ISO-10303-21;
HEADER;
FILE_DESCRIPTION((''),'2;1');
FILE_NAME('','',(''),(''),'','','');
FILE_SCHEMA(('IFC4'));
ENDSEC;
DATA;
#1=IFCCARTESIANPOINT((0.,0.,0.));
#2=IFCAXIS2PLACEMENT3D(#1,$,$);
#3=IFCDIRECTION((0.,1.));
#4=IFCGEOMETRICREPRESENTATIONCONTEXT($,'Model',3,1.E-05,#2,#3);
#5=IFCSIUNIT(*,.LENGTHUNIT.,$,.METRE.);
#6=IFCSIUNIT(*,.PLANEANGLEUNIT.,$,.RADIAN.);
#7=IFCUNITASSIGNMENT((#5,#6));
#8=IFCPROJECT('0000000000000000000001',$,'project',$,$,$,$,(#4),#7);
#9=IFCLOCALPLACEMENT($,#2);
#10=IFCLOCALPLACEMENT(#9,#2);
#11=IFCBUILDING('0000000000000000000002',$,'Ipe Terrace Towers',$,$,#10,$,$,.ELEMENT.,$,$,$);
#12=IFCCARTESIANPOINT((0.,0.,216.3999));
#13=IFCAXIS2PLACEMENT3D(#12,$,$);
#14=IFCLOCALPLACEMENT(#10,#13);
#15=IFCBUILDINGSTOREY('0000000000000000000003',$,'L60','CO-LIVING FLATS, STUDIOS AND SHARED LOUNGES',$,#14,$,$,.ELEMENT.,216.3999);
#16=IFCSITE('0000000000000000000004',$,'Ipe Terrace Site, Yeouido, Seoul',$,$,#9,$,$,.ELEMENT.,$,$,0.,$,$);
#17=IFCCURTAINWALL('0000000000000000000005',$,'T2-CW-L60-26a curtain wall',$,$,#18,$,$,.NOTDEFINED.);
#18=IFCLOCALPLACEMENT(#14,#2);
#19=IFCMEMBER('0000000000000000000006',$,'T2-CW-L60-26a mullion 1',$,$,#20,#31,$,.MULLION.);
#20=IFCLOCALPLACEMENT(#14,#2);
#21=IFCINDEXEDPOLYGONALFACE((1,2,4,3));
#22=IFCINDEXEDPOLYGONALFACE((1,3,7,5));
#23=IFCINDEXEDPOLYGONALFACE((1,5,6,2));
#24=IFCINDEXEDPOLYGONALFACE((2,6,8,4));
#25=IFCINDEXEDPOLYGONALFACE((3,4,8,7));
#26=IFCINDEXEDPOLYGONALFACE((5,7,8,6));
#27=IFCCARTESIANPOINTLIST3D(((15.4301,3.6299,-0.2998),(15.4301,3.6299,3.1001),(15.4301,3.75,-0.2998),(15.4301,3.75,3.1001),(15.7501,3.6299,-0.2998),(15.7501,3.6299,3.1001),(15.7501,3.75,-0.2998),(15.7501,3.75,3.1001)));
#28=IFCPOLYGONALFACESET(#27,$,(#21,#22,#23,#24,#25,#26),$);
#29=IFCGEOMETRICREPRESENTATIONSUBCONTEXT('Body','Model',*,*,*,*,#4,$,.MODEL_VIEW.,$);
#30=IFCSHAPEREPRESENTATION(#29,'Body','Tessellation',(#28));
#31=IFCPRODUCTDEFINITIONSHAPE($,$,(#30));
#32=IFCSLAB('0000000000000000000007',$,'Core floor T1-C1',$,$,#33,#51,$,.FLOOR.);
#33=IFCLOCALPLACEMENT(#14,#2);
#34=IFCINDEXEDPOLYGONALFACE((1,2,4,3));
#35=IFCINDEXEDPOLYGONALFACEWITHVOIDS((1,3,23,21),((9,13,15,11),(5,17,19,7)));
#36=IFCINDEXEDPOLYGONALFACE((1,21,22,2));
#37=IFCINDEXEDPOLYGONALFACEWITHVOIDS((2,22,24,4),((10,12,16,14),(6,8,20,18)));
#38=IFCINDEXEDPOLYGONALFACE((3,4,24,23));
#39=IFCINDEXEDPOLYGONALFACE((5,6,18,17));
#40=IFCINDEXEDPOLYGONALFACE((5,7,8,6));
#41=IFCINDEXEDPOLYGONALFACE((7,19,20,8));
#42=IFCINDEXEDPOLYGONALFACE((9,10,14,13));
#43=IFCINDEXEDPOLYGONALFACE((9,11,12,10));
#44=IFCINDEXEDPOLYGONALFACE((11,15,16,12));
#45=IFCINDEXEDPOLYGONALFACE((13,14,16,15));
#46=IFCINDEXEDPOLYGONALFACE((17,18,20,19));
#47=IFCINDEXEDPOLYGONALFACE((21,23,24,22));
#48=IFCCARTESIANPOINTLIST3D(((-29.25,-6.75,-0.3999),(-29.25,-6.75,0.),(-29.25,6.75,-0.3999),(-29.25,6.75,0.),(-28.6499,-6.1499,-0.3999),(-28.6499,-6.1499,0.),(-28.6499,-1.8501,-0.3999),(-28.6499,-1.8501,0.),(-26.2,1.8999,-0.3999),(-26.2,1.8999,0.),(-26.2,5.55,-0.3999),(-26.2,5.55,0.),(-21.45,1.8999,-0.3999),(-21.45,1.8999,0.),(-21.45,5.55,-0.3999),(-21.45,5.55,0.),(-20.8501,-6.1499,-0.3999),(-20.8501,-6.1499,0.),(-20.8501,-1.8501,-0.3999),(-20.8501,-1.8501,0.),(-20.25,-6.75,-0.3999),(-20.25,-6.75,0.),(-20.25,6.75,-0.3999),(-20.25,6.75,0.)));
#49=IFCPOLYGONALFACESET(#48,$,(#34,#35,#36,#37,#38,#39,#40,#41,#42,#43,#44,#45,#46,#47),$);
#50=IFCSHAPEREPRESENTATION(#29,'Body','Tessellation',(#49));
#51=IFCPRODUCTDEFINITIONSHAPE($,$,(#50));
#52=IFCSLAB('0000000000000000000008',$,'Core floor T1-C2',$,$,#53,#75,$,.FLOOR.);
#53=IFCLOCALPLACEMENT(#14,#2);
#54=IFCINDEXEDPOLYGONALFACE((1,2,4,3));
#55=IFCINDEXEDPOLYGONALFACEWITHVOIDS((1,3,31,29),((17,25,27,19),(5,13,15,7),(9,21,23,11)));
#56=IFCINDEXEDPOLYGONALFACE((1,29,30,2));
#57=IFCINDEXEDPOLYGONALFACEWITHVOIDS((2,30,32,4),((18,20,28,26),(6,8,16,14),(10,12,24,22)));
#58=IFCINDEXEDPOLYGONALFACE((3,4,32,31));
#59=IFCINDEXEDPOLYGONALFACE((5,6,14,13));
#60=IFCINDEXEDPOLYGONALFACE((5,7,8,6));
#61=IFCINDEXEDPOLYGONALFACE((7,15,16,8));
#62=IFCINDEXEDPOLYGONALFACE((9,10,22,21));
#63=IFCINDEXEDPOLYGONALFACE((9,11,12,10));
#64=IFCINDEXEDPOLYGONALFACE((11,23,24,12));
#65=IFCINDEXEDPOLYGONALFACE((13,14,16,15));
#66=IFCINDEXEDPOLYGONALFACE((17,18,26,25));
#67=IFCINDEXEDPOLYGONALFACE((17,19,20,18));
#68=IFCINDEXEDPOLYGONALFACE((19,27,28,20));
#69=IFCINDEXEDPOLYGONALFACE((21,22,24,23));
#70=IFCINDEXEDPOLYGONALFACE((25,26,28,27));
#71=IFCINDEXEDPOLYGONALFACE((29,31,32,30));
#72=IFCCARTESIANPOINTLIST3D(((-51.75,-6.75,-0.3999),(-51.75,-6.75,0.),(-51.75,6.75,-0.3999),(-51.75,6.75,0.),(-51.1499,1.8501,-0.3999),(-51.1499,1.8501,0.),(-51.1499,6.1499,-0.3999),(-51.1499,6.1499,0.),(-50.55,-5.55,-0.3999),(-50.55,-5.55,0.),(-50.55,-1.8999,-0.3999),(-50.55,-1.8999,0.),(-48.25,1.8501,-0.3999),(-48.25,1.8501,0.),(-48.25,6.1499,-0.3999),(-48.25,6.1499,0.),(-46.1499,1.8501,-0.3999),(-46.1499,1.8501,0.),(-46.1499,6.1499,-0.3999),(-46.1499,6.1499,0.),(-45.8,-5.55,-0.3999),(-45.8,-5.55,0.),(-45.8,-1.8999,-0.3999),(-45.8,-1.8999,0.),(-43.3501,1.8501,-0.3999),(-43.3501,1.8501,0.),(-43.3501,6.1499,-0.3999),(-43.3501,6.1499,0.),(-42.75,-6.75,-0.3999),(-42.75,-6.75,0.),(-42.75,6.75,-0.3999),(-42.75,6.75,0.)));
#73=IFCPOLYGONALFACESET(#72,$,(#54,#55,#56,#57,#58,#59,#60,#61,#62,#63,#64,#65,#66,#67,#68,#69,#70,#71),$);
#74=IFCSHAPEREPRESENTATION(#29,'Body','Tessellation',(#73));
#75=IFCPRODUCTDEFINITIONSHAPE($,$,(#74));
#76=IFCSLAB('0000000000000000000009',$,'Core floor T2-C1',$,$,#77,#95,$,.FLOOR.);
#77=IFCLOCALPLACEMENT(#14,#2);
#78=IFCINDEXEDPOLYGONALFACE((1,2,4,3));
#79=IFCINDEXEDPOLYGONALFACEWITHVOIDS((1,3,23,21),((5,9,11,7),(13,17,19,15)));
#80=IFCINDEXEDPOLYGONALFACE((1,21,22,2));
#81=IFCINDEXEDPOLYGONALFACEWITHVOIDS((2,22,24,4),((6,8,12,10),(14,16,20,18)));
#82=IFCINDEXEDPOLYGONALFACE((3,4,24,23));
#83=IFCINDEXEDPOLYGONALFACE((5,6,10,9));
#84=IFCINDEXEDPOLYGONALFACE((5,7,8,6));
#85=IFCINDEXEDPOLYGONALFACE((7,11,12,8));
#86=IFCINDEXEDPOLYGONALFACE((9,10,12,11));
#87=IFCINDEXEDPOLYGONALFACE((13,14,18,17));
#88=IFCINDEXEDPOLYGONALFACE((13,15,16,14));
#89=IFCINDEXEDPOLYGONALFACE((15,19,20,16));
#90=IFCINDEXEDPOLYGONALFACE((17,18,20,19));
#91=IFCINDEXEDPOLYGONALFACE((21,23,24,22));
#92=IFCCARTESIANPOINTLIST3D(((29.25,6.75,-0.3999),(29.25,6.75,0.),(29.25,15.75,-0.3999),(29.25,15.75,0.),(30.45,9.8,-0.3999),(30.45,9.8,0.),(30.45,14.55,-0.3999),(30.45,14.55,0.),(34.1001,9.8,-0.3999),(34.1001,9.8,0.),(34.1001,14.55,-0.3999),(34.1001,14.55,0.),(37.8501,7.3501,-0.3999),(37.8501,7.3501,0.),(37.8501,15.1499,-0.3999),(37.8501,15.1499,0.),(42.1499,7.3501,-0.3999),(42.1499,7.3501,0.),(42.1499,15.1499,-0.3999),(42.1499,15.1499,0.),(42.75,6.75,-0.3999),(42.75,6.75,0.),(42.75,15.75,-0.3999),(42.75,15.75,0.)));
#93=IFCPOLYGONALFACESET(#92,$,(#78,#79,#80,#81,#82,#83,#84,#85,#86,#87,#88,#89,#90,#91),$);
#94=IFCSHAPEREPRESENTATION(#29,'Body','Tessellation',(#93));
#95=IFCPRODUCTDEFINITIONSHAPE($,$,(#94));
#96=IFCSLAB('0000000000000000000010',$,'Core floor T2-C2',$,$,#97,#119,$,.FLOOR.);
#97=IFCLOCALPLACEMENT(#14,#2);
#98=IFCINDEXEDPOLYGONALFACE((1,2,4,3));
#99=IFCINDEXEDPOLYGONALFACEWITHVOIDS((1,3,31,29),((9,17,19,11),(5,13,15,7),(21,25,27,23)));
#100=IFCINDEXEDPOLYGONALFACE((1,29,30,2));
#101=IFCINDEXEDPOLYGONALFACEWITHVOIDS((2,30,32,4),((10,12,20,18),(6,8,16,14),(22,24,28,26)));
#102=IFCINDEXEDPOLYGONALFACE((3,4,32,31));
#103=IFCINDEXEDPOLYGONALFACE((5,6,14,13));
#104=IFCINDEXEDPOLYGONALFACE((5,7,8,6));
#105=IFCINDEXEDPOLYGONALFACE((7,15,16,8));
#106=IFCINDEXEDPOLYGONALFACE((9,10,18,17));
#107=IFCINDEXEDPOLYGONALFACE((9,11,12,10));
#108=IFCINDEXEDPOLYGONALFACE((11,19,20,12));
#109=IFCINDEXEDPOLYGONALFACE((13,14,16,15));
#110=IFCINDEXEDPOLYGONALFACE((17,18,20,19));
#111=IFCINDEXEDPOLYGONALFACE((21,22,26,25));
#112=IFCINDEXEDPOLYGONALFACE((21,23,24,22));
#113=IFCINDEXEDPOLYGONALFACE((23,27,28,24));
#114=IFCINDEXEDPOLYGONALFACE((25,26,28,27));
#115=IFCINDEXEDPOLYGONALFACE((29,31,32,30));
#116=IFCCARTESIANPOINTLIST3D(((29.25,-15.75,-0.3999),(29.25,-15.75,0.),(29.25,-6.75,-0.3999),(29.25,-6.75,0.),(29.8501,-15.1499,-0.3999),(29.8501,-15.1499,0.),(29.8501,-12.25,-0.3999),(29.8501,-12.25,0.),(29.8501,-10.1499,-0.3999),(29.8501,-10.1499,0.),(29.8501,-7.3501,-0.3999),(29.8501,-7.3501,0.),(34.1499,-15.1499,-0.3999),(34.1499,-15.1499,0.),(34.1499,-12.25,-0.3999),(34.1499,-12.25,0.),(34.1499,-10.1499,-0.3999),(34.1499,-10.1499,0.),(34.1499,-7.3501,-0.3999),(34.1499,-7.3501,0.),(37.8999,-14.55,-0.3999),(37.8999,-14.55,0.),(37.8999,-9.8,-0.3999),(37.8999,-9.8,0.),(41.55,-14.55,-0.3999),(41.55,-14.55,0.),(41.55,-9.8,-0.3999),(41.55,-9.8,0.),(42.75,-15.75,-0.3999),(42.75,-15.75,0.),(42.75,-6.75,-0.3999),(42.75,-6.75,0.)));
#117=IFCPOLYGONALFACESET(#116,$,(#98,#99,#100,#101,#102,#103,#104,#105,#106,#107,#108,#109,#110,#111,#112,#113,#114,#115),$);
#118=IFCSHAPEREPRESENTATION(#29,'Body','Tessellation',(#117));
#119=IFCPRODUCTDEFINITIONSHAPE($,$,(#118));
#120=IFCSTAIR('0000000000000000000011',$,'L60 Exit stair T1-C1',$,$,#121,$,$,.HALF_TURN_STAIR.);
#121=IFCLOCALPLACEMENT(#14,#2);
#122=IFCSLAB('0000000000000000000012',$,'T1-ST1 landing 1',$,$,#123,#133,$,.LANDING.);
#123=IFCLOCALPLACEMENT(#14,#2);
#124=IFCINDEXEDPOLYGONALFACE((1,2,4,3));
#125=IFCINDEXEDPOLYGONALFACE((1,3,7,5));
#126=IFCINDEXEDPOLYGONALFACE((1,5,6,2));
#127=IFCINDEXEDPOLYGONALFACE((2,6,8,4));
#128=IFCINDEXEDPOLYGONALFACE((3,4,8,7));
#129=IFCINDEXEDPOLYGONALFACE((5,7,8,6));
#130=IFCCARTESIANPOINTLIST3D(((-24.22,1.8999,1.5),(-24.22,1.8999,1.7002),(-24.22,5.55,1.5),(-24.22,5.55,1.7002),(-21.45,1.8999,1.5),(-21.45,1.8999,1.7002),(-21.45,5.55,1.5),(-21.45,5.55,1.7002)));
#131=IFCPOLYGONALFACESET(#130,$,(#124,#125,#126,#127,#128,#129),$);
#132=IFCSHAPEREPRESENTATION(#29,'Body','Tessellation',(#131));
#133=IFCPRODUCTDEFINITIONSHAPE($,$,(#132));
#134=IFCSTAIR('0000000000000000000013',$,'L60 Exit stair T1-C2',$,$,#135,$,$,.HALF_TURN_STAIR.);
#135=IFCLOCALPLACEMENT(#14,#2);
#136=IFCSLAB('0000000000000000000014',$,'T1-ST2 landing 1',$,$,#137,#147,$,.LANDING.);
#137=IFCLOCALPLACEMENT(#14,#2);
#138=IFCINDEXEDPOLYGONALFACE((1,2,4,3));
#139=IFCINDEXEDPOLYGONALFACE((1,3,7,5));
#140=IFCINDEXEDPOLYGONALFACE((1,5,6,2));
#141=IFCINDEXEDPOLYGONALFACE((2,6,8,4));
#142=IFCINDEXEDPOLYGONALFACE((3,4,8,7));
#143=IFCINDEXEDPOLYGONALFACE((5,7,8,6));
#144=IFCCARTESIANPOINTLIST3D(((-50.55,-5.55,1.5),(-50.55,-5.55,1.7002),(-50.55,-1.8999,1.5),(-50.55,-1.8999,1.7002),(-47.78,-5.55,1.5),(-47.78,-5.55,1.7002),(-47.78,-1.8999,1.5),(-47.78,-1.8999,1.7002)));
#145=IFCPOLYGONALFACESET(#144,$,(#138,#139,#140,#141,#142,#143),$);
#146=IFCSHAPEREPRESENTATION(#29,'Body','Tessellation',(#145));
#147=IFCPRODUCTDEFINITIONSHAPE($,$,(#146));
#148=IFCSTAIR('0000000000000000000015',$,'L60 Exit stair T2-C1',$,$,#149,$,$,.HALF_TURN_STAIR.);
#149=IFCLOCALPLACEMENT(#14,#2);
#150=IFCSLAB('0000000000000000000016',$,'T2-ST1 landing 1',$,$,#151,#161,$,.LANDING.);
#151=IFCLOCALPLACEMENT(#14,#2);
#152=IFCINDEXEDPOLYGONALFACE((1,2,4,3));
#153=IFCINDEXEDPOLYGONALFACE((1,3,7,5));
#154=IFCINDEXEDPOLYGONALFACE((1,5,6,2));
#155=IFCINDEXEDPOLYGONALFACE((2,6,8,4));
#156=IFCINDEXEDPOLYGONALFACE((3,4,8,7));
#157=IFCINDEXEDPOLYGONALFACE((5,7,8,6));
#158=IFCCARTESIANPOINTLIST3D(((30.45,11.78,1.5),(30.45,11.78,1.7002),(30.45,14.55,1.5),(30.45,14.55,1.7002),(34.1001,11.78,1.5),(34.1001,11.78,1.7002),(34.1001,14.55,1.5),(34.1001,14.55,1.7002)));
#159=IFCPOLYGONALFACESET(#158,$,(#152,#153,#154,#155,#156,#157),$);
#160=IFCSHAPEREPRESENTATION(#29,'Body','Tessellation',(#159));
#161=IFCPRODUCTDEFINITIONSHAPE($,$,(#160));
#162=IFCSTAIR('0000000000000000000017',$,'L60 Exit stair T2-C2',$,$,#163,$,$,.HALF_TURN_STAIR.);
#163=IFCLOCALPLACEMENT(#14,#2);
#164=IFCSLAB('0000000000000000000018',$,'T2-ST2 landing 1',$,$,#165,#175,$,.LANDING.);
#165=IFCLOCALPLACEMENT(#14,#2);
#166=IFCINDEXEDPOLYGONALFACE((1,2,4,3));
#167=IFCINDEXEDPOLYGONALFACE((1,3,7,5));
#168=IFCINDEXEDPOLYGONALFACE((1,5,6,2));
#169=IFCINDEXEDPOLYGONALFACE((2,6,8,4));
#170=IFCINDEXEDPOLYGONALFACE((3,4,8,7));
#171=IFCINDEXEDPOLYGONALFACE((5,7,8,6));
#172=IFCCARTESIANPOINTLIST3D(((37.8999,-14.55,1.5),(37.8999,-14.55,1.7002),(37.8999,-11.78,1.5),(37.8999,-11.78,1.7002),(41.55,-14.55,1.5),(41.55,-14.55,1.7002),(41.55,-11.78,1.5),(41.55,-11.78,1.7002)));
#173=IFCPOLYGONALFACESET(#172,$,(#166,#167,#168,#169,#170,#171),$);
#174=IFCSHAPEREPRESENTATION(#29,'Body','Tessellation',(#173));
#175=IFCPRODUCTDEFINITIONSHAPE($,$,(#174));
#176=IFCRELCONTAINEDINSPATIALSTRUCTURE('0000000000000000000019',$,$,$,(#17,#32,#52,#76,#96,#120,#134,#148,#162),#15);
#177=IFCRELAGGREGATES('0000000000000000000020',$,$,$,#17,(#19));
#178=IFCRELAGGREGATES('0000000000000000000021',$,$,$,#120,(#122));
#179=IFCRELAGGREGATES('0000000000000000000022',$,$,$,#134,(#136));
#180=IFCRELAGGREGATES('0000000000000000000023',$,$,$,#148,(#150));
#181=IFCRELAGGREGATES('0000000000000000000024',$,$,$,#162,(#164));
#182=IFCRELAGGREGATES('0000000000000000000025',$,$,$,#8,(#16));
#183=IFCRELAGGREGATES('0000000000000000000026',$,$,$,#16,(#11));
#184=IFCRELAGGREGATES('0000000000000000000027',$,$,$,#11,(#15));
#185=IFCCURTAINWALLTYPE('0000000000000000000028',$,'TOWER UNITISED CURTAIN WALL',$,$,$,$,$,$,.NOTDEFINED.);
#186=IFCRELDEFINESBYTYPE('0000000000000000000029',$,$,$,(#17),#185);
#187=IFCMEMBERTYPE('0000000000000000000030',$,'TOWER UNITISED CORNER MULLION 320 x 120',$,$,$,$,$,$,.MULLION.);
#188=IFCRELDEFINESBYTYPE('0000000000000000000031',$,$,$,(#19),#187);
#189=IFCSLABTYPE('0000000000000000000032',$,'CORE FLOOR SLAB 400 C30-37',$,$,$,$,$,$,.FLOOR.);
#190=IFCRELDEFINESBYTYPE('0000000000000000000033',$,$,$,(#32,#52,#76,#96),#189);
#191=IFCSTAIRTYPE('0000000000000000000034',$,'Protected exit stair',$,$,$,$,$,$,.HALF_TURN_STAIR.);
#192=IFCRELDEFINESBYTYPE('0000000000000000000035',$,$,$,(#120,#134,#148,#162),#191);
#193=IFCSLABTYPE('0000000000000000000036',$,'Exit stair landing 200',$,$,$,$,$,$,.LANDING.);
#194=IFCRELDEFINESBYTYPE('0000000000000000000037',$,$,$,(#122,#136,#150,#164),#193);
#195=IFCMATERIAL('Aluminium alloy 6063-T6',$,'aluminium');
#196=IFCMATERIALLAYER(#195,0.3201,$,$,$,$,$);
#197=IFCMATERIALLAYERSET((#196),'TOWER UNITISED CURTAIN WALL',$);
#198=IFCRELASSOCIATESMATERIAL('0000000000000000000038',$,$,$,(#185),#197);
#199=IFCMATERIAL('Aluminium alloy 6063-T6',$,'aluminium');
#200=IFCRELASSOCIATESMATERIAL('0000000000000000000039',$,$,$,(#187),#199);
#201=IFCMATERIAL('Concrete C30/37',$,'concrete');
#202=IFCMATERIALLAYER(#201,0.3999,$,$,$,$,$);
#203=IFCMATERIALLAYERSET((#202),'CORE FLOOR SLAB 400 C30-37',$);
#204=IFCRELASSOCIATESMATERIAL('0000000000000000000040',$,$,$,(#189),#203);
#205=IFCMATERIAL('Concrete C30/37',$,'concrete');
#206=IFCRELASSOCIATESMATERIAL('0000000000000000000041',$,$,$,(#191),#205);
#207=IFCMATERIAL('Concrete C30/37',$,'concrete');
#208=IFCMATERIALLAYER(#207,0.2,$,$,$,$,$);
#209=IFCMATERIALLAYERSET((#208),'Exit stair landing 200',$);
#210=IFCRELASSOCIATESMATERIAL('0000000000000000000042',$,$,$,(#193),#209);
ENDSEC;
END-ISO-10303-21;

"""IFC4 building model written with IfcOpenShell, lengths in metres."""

from ifc_helpers import new_model, si_unit, direction, frame, origin, origin_2d, place, context, subcontext, project, spatial, polyline, rectangle, outline, extrude, material, layer, layer_set, material_profile, profile_set, type_object, element, aggregate, save


model = new_model("IFC4")

# Units and contexts
model_context = context("Model", 3, precision=1e-05, world=origin(), true_north=direction((0.0, 1.0)))
body_context = subcontext(model_context, "Body", "Model", "MODEL_VIEW")
ifc_project = project(units=[si_unit("LENGTHUNIT", "METRE"), si_unit("PLANEANGLEUNIT", "RADIAN")], contexts=[model_context])

# Site, building, storey
site_placement = place(None, origin())
site = spatial("IfcSite", under=ifc_project, at=site_placement, Name="Ipe Terrace Site, Yeouido, Seoul", CompositionType="ELEMENT", RefElevation=0.0)
building_placement = place(site_placement, origin())
building = spatial("IfcBuilding", under=site, at=building_placement, Name="Ipe Terrace Towers", CompositionType="ELEMENT")
storey_placement = place(building_placement, frame((0.0, 0.0, 216.3999)))
storey = spatial("IfcBuildingStorey", under=building, at=storey_placement, Name="L60", Description="CO-LIVING FLATS, STUDIOS AND SHARED LOUNGES", CompositionType="ELEMENT", Elevation=216.3999)

# Curtain wall, member
ifc_material_1 = material(Name="Aluminium alloy 6063-T6", Category="aluminium")
ifc_layer_1 = layer(ifc_material_1, 0.3201)
ifc_layer_set_1 = layer_set([ifc_layer_1], Name="TOWER UNITISED CURTAIN WALL")
curtain_wall_type = type_object("IfcCurtainWallType", Name="TOWER UNITISED CURTAIN WALL", PredefinedType="NOTDEFINED", material=ifc_layer_set_1)
curtain_wall_placement = place(storey_placement, origin())
curtain_wall = element("IfcCurtainWall", 1, at=curtain_wall_placement, inside=storey, type_object=curtain_wall_type, Name="T2-CW-L60-26a curtain wall", PredefinedType="NOTDEFINED")
ifc_material_2 = material(Name="Aluminium alloy 6063-T6", Category="aluminium")
ifc_material_profile_1 = material_profile(ifc_material_2, rectangle(XDim=0.3201, YDim=0.1201, at=origin_2d()), Name="TOWER UNITISED CORNER MULLION 320 x 120")
ifc_profile_set_1 = profile_set([ifc_material_profile_1], Name="Aluminium alloy 6063-T6")
member_type = type_object("IfcMemberType", Name="TOWER UNITISED CORNER MULLION 320 x 120", PredefinedType="MULLION", material=ifc_profile_set_1)
member_placement = place(storey_placement, frame((15.5901, 3.6899, -0.2998), z_axis=(0.0, 0.0, 1.0), x_axis=(-1.0, 0.0, 0.0)))
member = element("IfcMember", 2, at=member_placement, type_object=member_type, Name="T2-CW-L60-26a mullion 1", PredefinedType="MULLION", context=body_context, shape_type="SweptSolid", body=[
    extrude(rectangle(XDim=0.3201, YDim=0.1201, at=origin_2d()), origin(), (0.0, 0.0, 1.0), 3.3999),
])
aggregate(curtain_wall, [member])

# Slabs
ifc_material_3 = material(Name="Concrete C30/37", Category="concrete")
ifc_layer_2 = layer(ifc_material_3, 0.3999)
ifc_layer_set_2 = layer_set([ifc_layer_2], Name="CORE FLOOR SLAB 400 C30-37")
slab_type_1 = type_object("IfcSlabType", Name="CORE FLOOR SLAB 400 C30-37", PredefinedType="FLOOR", material=ifc_layer_set_2)
slab_1_placement = place(storey_placement, frame((0.0, 0.0, -0.3999)))
element("IfcSlab", 3, at=slab_1_placement, inside=storey, type_object=slab_type_1, Name="Core floor T1-C1", PredefinedType="FLOOR", context=body_context, shape_type="SweptSolid", body=[
    extrude(outline(polyline([(-29.25, -6.75), (-29.25, 6.75), (-20.25, 6.75), (-20.25, -6.75), (-29.25, -6.75)]), holes=[polyline([(-28.6499, -6.1499), (-20.8501, -6.1499), (-20.8501, -1.8501), (-28.6499, -1.8501), (-28.6499, -6.1499)]), polyline([(-26.2, 5.55), (-26.2, 1.8999), (-21.45, 1.8999), (-21.45, 5.55), (-26.2, 5.55)])]), origin(), (0.0, 0.0, 1.0), 0.3999),
])
slab_2_placement = place(storey_placement, frame((0.0, 0.0, -0.3999)))
element("IfcSlab", 4, at=slab_2_placement, inside=storey, type_object=slab_type_1, Name="Core floor T1-C2", PredefinedType="FLOOR", context=body_context, shape_type="SweptSolid", body=[
    extrude(outline(polyline([(-51.75, -6.75), (-51.75, 6.75), (-42.75, 6.75), (-42.75, -6.75), (-51.75, -6.75)]), holes=[polyline([(-45.8, -1.8999), (-50.55, -1.8999), (-50.55, -5.55), (-45.8, -5.55), (-45.8, -1.8999)]), polyline([(-48.25, 1.8501), (-48.25, 6.1499), (-51.1499, 6.1499), (-51.1499, 1.8501), (-48.25, 1.8501)]), polyline([(-43.3501, 1.8501), (-43.3501, 6.1499), (-46.1499, 6.1499), (-46.1499, 1.8501), (-43.3501, 1.8501)])]), origin(), (0.0, 0.0, 1.0), 0.3999),
])
slab_3_placement = place(storey_placement, frame((0.0, 0.0, -0.3999)))
element("IfcSlab", 5, at=slab_3_placement, inside=storey, type_object=slab_type_1, Name="Core floor T2-C1", PredefinedType="FLOOR", context=body_context, shape_type="SweptSolid", body=[
    extrude(outline(polyline([(29.25, 6.75), (29.25, 15.75), (42.75, 15.75), (42.75, 6.75), (29.25, 6.75)]), holes=[polyline([(42.1499, 7.3501), (42.1499, 15.1499), (37.8501, 15.1499), (37.8501, 7.3501), (42.1499, 7.3501)]), polyline([(30.45, 9.8), (34.1001, 9.8), (34.1001, 14.55), (30.45, 14.55), (30.45, 9.8)])]), origin(), (0.0, 0.0, 1.0), 0.3999),
])
slab_4_placement = place(storey_placement, frame((0.0, 0.0, -0.3999)))
element("IfcSlab", 6, at=slab_4_placement, inside=storey, type_object=slab_type_1, Name="Core floor T2-C2", PredefinedType="FLOOR", context=body_context, shape_type="SweptSolid", body=[
    extrude(outline(polyline([(29.25, -15.75), (29.25, -6.75), (42.75, -6.75), (42.75, -15.75), (29.25, -15.75)]), holes=[polyline([(29.8501, -12.25), (29.8501, -15.1499), (34.1499, -15.1499), (34.1499, -12.25), (29.8501, -12.25)]), polyline([(41.55, -9.8), (37.8999, -9.8), (37.8999, -14.55), (41.55, -14.55), (41.55, -9.8)]), polyline([(34.1499, -7.3501), (29.8501, -7.3501), (29.8501, -10.1499), (34.1499, -10.1499), (34.1499, -7.3501)])]), origin(), (0.0, 0.0, 1.0), 0.3999),
])

# Stairs, slabs
ifc_material_4 = material(Name="Concrete C30/37", Category="concrete")
stair_type = type_object("IfcStairType", Name="Protected exit stair", PredefinedType="HALF_TURN_STAIR", material=ifc_material_4)
stair_1_placement = place(storey_placement, origin())
stair_1 = element("IfcStair", 7, at=stair_1_placement, inside=storey, type_object=stair_type, Name="L60 Exit stair T1-C1", PredefinedType="HALF_TURN_STAIR")
ifc_material_5 = material(Name="Concrete C30/37", Category="concrete")
ifc_layer_3 = layer(ifc_material_5, 0.2)
ifc_layer_set_3 = layer_set([ifc_layer_3], Name="Exit stair landing 200")
slab_type_2 = type_object("IfcSlabType", Name="Exit stair landing 200", PredefinedType="LANDING", material=ifc_layer_set_3)
slab_5_placement = place(storey_placement, frame((0.0, 0.0, 1.5)))
slab_5 = element("IfcSlab", 8, at=slab_5_placement, type_object=slab_type_2, Name="T1-ST1 landing 1", PredefinedType="LANDING", context=body_context, shape_type="SweptSolid", body=[
    extrude(outline(polyline([(-24.22, 1.8999), (-21.45, 1.8999), (-21.45, 5.55), (-24.22, 5.55), (-24.22, 1.8999)])), origin(), (0.0, 0.0, 1.0), 0.2002),
])
aggregate(stair_1, [slab_5])
stair_2_placement = place(storey_placement, origin())
stair_2 = element("IfcStair", 9, at=stair_2_placement, inside=storey, type_object=stair_type, Name="L60 Exit stair T1-C2", PredefinedType="HALF_TURN_STAIR")
slab_6_placement = place(storey_placement, frame((0.0, 0.0, 1.5)))
slab_6 = element("IfcSlab", 10, at=slab_6_placement, type_object=slab_type_2, Name="T1-ST2 landing 1", PredefinedType="LANDING", context=body_context, shape_type="SweptSolid", body=[
    extrude(outline(polyline([(-47.78, -1.8999), (-50.55, -1.8999), (-50.55, -5.55), (-47.78, -5.55), (-47.78, -1.8999)])), origin(), (0.0, 0.0, 1.0), 0.2002),
])
aggregate(stair_2, [slab_6])
stair_3_placement = place(storey_placement, origin())
stair_3 = element("IfcStair", 11, at=stair_3_placement, inside=storey, type_object=stair_type, Name="L60 Exit stair T2-C1", PredefinedType="HALF_TURN_STAIR")
slab_7_placement = place(storey_placement, frame((0.0, 0.0, 1.5)))
slab_7 = element("IfcSlab", 12, at=slab_7_placement, type_object=slab_type_2, Name="T2-ST1 landing 1", PredefinedType="LANDING", context=body_context, shape_type="SweptSolid", body=[
    extrude(outline(polyline([(34.1001, 11.78), (34.1001, 14.55), (30.45, 14.55), (30.45, 11.78), (34.1001, 11.78)])), origin(), (0.0, 0.0, 1.0), 0.2002),
])
aggregate(stair_3, [slab_7])
stair_4_placement = place(storey_placement, origin())
stair_4 = element("IfcStair", 13, at=stair_4_placement, inside=storey, type_object=stair_type, Name="L60 Exit stair T2-C2", PredefinedType="HALF_TURN_STAIR")
slab_8_placement = place(storey_placement, frame((0.0, 0.0, 1.5)))
slab_8 = element("IfcSlab", 14, at=slab_8_placement, type_object=slab_type_2, Name="T2-ST2 landing 1", PredefinedType="LANDING", context=body_context, shape_type="SweptSolid", body=[
    extrude(outline(polyline([(37.8999, -11.78), (37.8999, -14.55), (41.55, -14.55), (41.55, -11.78), (37.8999, -11.78)])), origin(), (0.0, 0.0, 1.0), 0.2002),
])
aggregate(stair_4, [slab_8])

save(model, "model.ifc")
